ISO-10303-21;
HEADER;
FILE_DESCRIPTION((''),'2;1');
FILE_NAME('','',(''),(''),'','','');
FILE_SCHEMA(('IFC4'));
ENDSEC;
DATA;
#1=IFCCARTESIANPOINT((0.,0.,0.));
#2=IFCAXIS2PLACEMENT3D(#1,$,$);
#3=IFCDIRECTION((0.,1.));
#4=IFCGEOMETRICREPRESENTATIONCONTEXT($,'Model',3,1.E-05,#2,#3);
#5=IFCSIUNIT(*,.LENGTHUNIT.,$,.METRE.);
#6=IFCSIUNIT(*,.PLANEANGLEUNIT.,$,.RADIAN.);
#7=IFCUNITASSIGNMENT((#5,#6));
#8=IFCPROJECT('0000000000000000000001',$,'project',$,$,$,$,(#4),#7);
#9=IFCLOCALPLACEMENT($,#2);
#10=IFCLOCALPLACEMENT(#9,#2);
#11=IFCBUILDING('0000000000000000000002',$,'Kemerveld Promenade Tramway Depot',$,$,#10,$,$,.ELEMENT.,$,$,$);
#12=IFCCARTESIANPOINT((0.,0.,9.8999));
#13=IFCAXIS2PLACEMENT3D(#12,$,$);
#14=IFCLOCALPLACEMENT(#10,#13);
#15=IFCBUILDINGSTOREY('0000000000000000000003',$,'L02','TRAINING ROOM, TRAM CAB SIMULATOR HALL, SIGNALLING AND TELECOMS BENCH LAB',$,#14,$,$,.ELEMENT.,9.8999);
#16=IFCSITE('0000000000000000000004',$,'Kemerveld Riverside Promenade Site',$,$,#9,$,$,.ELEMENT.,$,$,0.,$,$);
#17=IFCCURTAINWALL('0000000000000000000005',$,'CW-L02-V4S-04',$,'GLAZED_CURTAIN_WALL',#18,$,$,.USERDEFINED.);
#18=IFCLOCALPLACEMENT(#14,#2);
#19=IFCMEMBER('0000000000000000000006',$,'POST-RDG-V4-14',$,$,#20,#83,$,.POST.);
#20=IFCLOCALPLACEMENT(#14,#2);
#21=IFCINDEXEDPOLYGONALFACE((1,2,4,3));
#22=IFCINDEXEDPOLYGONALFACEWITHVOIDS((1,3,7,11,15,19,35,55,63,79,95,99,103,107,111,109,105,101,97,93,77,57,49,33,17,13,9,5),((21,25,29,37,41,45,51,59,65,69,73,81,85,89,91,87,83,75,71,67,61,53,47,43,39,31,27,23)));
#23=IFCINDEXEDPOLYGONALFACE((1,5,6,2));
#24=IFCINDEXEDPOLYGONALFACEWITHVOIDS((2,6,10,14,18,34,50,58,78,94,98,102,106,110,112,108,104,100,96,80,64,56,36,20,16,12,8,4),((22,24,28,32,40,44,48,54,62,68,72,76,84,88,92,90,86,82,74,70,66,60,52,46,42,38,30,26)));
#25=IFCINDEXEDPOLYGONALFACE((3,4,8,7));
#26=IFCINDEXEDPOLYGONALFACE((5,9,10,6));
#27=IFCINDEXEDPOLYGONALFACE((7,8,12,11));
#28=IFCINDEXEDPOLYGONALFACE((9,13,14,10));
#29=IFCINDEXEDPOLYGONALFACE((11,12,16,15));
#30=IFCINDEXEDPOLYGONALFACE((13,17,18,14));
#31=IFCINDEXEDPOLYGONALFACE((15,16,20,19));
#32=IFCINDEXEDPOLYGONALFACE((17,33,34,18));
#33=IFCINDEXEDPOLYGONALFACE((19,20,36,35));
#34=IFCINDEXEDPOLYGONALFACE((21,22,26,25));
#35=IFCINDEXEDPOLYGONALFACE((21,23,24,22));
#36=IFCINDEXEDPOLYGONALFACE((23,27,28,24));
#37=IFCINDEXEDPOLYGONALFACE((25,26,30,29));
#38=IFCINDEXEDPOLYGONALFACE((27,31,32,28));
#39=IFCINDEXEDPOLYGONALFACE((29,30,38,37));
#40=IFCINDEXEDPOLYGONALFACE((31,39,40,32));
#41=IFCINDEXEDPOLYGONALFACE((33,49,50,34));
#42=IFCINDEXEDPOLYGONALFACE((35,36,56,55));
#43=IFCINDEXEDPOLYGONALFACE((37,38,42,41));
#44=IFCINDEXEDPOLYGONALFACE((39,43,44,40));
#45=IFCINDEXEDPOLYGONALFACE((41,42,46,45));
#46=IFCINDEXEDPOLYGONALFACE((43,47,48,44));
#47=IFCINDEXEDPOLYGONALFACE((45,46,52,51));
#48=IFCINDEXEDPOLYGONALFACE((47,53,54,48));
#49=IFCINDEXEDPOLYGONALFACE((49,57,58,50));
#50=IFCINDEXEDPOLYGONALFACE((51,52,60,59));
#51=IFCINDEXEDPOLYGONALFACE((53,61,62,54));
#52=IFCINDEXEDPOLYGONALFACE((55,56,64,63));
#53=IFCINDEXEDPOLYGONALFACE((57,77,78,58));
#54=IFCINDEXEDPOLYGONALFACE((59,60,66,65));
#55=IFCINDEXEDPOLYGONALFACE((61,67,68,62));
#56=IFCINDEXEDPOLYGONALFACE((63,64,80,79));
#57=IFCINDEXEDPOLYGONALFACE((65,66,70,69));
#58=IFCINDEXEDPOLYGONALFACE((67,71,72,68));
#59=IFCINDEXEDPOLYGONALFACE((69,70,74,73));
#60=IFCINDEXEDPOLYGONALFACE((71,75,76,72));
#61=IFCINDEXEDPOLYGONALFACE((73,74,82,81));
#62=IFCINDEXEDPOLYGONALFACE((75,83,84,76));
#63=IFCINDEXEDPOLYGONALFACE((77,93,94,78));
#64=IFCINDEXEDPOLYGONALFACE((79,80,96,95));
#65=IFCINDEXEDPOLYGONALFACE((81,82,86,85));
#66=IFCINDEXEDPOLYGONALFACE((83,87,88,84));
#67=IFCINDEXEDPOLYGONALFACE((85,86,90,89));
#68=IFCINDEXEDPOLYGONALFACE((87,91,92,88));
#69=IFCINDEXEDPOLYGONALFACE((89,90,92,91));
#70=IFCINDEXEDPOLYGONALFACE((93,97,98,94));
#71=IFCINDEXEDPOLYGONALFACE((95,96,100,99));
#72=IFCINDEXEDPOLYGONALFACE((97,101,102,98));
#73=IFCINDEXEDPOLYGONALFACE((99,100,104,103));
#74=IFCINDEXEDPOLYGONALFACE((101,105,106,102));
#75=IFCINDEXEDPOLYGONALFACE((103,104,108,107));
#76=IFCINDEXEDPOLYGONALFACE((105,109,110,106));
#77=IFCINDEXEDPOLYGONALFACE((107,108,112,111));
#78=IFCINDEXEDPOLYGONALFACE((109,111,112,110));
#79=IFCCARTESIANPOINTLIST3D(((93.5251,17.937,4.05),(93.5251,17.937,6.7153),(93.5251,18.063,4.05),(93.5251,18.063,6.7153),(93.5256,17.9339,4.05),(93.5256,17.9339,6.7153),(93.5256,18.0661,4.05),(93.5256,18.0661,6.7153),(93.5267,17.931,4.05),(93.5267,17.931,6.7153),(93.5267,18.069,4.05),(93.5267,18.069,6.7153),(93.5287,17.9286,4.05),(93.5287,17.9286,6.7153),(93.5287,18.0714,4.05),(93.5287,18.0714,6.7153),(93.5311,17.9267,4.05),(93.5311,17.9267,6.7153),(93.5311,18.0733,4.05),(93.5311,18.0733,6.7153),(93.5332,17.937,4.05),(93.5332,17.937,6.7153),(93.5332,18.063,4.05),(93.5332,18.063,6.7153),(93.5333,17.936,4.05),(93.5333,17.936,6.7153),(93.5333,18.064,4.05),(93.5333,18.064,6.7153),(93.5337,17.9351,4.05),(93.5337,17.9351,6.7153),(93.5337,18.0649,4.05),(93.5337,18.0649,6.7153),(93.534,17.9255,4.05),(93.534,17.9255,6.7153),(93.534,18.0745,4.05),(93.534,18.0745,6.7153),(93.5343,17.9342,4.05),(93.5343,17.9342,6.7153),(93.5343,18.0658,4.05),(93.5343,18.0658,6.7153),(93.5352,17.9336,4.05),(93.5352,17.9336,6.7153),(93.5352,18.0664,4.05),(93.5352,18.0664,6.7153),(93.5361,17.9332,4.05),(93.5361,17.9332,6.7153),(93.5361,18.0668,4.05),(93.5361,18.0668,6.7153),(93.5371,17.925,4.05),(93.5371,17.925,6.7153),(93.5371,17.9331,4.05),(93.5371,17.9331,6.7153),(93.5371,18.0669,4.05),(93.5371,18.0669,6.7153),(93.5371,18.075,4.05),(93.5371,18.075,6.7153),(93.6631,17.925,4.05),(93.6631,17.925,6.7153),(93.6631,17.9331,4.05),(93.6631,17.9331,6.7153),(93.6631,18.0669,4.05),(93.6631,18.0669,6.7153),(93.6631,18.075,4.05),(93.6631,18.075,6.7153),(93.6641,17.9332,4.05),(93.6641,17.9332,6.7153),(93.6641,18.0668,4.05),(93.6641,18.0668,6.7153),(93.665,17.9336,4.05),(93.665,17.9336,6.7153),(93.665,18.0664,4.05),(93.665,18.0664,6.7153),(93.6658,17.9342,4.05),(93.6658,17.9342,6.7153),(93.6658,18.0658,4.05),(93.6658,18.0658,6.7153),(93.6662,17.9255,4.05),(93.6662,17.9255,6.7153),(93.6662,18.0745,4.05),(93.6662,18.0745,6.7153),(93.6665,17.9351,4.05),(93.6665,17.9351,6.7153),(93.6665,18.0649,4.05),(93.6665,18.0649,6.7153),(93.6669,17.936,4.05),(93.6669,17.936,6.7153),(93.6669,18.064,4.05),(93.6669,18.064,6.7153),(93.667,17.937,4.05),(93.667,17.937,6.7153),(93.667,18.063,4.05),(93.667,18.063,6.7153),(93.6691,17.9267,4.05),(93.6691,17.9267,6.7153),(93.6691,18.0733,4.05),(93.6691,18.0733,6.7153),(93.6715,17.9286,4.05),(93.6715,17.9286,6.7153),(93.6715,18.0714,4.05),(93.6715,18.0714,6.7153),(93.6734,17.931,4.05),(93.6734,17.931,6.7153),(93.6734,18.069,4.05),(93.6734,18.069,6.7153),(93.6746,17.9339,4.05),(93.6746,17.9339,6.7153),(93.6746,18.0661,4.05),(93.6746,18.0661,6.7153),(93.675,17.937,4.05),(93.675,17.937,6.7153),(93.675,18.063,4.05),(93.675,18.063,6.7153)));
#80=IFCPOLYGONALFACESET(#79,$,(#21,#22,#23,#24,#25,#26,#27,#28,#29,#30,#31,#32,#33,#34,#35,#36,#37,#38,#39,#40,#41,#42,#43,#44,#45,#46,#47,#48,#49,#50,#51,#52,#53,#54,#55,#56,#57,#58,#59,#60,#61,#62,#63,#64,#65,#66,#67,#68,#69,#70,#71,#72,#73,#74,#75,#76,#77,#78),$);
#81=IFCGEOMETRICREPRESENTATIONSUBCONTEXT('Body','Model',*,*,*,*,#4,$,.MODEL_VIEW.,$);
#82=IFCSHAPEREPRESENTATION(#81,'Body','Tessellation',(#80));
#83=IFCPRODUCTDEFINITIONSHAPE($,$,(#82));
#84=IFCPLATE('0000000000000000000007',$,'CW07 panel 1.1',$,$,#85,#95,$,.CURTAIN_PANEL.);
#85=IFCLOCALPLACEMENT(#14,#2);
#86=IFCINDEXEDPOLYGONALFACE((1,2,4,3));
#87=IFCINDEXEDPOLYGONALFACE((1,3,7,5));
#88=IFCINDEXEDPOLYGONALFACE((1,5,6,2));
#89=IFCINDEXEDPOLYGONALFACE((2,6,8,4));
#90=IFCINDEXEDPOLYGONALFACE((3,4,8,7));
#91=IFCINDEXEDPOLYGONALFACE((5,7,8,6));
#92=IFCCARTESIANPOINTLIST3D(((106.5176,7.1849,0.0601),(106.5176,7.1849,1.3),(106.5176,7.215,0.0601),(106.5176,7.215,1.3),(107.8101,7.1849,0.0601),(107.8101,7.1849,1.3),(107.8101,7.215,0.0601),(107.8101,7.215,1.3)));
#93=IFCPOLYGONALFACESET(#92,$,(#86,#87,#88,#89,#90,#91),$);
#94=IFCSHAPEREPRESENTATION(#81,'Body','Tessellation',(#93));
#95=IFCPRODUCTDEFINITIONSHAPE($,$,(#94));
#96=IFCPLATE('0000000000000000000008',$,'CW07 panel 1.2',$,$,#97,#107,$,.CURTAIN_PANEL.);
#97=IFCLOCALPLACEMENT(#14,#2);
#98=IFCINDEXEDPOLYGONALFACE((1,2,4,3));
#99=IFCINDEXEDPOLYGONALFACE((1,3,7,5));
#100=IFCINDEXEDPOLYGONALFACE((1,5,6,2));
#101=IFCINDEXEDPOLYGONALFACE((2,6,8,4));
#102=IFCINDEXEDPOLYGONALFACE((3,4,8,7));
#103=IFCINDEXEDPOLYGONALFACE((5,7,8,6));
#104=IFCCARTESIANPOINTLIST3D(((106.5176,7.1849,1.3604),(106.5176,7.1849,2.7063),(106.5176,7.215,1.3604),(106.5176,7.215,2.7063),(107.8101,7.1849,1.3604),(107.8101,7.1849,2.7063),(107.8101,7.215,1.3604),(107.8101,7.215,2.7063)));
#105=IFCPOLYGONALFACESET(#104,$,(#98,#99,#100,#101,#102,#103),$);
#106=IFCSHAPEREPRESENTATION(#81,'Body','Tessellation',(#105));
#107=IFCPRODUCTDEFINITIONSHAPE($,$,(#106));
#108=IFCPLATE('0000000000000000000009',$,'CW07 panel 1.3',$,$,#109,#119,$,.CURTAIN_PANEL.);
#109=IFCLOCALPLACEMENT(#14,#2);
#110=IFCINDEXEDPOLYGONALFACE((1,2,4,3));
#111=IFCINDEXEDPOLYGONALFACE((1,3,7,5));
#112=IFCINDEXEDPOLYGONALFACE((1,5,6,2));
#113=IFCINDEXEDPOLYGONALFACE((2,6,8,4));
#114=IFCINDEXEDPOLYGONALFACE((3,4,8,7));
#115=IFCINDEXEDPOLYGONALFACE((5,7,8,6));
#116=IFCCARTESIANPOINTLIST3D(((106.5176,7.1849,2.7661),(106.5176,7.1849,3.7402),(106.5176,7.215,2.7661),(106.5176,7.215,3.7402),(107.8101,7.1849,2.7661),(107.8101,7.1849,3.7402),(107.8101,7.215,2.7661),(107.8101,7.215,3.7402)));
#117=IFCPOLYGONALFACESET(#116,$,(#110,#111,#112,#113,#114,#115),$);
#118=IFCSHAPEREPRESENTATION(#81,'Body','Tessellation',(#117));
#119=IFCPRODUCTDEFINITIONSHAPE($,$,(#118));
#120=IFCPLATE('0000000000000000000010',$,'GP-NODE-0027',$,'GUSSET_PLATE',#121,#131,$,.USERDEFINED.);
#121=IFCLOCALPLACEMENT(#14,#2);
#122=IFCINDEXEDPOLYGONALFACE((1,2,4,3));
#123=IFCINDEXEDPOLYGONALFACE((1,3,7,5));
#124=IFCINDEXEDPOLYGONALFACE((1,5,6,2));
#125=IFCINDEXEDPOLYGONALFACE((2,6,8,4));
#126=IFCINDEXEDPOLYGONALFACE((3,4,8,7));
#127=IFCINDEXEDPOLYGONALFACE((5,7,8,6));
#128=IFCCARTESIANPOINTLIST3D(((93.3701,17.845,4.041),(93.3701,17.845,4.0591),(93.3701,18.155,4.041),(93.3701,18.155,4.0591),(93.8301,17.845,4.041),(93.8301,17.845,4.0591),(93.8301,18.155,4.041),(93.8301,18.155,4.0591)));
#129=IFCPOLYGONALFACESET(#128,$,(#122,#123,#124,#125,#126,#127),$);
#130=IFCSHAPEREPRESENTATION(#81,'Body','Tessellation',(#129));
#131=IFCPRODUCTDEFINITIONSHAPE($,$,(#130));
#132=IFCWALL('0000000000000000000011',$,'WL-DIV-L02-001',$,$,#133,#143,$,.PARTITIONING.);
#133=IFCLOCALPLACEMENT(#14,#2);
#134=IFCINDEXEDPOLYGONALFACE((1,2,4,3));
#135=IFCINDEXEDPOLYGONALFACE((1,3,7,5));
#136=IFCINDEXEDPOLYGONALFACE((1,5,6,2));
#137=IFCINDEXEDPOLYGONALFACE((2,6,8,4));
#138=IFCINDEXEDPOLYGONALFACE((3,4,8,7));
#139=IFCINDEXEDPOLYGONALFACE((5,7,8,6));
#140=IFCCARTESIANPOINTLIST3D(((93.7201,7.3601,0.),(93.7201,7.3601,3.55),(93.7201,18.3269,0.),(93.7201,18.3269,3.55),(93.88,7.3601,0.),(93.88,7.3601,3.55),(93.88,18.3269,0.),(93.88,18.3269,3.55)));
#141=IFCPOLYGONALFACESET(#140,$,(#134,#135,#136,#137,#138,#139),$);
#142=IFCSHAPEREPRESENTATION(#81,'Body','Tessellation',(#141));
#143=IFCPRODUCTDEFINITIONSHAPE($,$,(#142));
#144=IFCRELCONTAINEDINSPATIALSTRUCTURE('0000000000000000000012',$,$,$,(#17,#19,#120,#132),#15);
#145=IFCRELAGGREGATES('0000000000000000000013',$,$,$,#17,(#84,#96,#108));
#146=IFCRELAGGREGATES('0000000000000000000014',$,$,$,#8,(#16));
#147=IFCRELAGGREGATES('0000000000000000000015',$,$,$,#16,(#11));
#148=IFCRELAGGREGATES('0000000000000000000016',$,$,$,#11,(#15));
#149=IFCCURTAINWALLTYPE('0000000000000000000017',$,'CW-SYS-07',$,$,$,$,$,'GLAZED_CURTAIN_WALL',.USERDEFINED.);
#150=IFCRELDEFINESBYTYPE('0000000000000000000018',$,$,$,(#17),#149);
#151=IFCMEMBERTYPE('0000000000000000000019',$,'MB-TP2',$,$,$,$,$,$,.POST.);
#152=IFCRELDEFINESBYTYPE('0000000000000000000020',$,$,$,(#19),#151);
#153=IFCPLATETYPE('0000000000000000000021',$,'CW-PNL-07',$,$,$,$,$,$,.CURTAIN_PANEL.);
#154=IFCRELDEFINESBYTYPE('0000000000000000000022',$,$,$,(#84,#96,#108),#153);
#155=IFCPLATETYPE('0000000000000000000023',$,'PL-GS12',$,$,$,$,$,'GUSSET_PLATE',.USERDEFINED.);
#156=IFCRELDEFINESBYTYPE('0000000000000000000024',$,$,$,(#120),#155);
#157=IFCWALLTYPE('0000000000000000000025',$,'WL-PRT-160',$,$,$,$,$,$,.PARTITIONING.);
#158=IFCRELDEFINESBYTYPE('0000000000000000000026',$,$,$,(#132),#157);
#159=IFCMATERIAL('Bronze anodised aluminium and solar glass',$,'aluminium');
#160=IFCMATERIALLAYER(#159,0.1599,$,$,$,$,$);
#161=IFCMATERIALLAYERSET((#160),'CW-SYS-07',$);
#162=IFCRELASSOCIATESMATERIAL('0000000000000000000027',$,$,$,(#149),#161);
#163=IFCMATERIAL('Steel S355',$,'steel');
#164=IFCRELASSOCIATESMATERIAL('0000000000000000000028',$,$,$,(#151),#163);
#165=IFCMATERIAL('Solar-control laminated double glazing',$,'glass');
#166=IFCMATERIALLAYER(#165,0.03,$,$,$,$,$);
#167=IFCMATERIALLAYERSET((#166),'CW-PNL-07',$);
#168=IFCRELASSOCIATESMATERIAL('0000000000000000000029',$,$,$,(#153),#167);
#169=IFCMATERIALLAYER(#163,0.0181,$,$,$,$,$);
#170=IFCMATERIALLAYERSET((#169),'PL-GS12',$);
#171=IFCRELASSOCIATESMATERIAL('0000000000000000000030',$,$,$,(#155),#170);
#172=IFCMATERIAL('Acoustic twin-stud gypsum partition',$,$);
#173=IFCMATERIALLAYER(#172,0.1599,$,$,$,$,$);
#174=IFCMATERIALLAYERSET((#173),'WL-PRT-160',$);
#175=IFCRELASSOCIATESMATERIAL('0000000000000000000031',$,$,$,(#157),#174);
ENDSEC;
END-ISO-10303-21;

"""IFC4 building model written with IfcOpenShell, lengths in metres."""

from ifc_helpers import new_model, si_unit, direction, frame, frame_2d, origin, origin_2d, place, context, subcontext, project, spatial, rectangle, hollow_rectangle, extrude, material, layer, layer_set, material_profile, profile_set, type_object, element, aggregate, save


model = new_model("IFC4")

# Units and contexts
model_context = context("Model", 3, precision=1e-05, world=origin(), true_north=direction((0.0, 1.0)))
body_context = subcontext(model_context, "Body", "Model", "MODEL_VIEW")
ifc_project = project(units=[si_unit("LENGTHUNIT", "METRE"), si_unit("PLANEANGLEUNIT", "RADIAN")], contexts=[model_context])

# Site, building, storey
site_placement = place(None, origin())
site = spatial("IfcSite", under=ifc_project, at=site_placement, Name="Kemerveld Riverside Promenade Site", CompositionType="ELEMENT", RefElevation=0.0)
building_placement = place(site_placement, origin())
building = spatial("IfcBuilding", under=site, at=building_placement, Name="Kemerveld Promenade Tramway Depot", CompositionType="ELEMENT")
storey_placement = place(building_placement, frame((0.0, 0.0, 9.8999)))
storey = spatial("IfcBuildingStorey", under=building, at=storey_placement, Name="L02", Description="TRAINING ROOM, TRAM CAB SIMULATOR HALL, SIGNALLING AND TELECOMS BENCH LAB", CompositionType="ELEMENT", Elevation=9.8999)

# Shared definitions
ifc_material_1 = material(Name="Steel S355", Category="steel")

# Curtain wall
ifc_material_2 = material(Name="Bronze anodised aluminium and solar glass", Category="aluminium")
ifc_layer_1 = layer(ifc_material_2, 0.1599)
ifc_layer_set_1 = layer_set([ifc_layer_1], Name="CW-SYS-07")
curtain_wall_type = type_object("IfcCurtainWallType", Name="CW-SYS-07", ElementType="GLAZED_CURTAIN_WALL", PredefinedType="USERDEFINED", material=ifc_layer_set_1)
curtain_wall_placement = place(storey_placement, origin())
curtain_wall = element("IfcCurtainWall", 1, at=curtain_wall_placement, inside=storey, type_object=curtain_wall_type, Name="CW-L02-V4S-04", ObjectType="GLAZED_CURTAIN_WALL", PredefinedType="USERDEFINED")

# Member
ifc_material_profile_1 = material_profile(ifc_material_1, hollow_rectangle(XDim=0.1499, YDim=0.1499, WallThickness=0.0081, InnerFilletRadius=0.0039, OuterFilletRadius=0.012, at=origin_2d()), Name="150x150x8.0 SHS")
ifc_profile_set_1 = profile_set([ifc_material_profile_1], Name="Steel S355")
member_type_1 = type_object("IfcMemberType", Name="MB-TP2", PredefinedType="POST", material=ifc_profile_set_1)
member_1_placement = place(storey_placement, frame((93.6001, 18.0, 4.05), z_axis=(0.0, 0.0, 1.0), x_axis=(1.0, 0.0, 0.0)))
element("IfcMember", 2, at=member_1_placement, inside=storey, type_object=member_type_1, Name="POST-RDG-V4-14", PredefinedType="POST", context=body_context, shape_type="SweptSolid", body=[
    extrude(hollow_rectangle(XDim=0.1499, YDim=0.1499, WallThickness=0.0081, InnerFilletRadius=0.0039, OuterFilletRadius=0.012, at=origin_2d()), origin(), (0.0, 0.0, 1.0), 2.6653),
])

# Plates
ifc_material_3 = material(Name="Solar-control laminated double glazing", Category="glass")
ifc_layer_2 = layer(ifc_material_3, 0.03)
ifc_layer_set_2 = layer_set([ifc_layer_2], Name="CW-PNL-07")
plate_type_1 = type_object("IfcPlateType", Name="CW-PNL-07", PredefinedType="CURTAIN_PANEL", material=ifc_layer_set_2)
plate_1_placement = place(storey_placement, frame((107.1638, 7.2, 0.0601), z_axis=(0.0, 0.0, 1.0), x_axis=(-1.0, 0.0, 0.0)))
plate_1 = element("IfcPlate", 3, at=plate_1_placement, type_object=plate_type_1, Name="CW07 panel 1.1", PredefinedType="CURTAIN_PANEL", context=body_context, shape_type="SweptSolid", body=[
    extrude(rectangle(XDim=1.2925, YDim=0.03, at=origin_2d()), origin(), (0.0, 0.0, 1.0), 1.24),
])
plate_2_placement = place(storey_placement, frame((107.1638, 7.2, 1.3604), z_axis=(0.0, 0.0, 1.0), x_axis=(-1.0, 0.0, 0.0)))
plate_2 = element("IfcPlate", 4, at=plate_2_placement, type_object=plate_type_1, Name="CW07 panel 1.2", PredefinedType="CURTAIN_PANEL", context=body_context, shape_type="SweptSolid", body=[
    extrude(rectangle(XDim=1.2925, YDim=0.03, at=origin_2d()), origin(), (0.0, 0.0, 1.0), 1.3459),
])
plate_3_placement = place(storey_placement, frame((107.1638, 7.2, 2.7661), z_axis=(0.0, 0.0, 1.0), x_axis=(-1.0, 0.0, 0.0)))
plate_3 = element("IfcPlate", 5, at=plate_3_placement, type_object=plate_type_1, Name="CW07 panel 1.3", PredefinedType="CURTAIN_PANEL", context=body_context, shape_type="SweptSolid", body=[
    extrude(rectangle(XDim=1.2925, YDim=0.03, at=origin_2d()), origin(), (0.0, 0.0, 1.0), 0.9741),
])
aggregate(curtain_wall, [plate_1, plate_2, plate_3])
ifc_layer_3 = layer(ifc_material_1, 0.0181)
ifc_layer_set_3 = layer_set([ifc_layer_3], Name="PL-GS12")
plate_type_2 = type_object("IfcPlateType", Name="PL-GS12", ElementType="GUSSET_PLATE", PredefinedType="USERDEFINED", material=ifc_layer_set_3)
plate_4_placement = place(storey_placement, frame((93.6001, 18.0, 4.041), z_axis=(0.0, 0.0, 1.0), x_axis=(1.0, 0.0, 0.0)))
element("IfcPlate", 6, at=plate_4_placement, inside=storey, type_object=plate_type_2, Name="GP-NODE-0027", ObjectType="GUSSET_PLATE", PredefinedType="USERDEFINED", context=body_context, shape_type="SweptSolid", body=[
    extrude(rectangle(XDim=0.46, YDim=0.3101, at=origin_2d()), origin(), (0.0, 0.0, 1.0), 0.0181),
])

# Wall
ifc_material_4 = material(Name="Acoustic twin-stud gypsum partition")
ifc_layer_4 = layer(ifc_material_4, 0.1599)
ifc_layer_set_4 = layer_set([ifc_layer_4], Name="WL-PRT-160")
wall_type = type_object("IfcWallType", Name="WL-PRT-160", PredefinedType="PARTITIONING", material=ifc_layer_set_4)
wall_placement = place(storey_placement, frame((93.8, 7.3601, 0.0), z_axis=(0.0, 0.0, 1.0), x_axis=(0.0, 1.0, 0.0)))
element("IfcWall", 7, at=wall_placement, inside=storey, type_object=wall_type, Name="WL-DIV-L02-001", PredefinedType="PARTITIONING", context=body_context, shape_type="SweptSolid", body=[
    extrude(rectangle(XDim=10.9668, YDim=0.1599, at=frame_2d((5.4834, 0.0))), origin(), (0.0, 0.0, 1.0), 3.55),
])

save(model, "model.ifc")
